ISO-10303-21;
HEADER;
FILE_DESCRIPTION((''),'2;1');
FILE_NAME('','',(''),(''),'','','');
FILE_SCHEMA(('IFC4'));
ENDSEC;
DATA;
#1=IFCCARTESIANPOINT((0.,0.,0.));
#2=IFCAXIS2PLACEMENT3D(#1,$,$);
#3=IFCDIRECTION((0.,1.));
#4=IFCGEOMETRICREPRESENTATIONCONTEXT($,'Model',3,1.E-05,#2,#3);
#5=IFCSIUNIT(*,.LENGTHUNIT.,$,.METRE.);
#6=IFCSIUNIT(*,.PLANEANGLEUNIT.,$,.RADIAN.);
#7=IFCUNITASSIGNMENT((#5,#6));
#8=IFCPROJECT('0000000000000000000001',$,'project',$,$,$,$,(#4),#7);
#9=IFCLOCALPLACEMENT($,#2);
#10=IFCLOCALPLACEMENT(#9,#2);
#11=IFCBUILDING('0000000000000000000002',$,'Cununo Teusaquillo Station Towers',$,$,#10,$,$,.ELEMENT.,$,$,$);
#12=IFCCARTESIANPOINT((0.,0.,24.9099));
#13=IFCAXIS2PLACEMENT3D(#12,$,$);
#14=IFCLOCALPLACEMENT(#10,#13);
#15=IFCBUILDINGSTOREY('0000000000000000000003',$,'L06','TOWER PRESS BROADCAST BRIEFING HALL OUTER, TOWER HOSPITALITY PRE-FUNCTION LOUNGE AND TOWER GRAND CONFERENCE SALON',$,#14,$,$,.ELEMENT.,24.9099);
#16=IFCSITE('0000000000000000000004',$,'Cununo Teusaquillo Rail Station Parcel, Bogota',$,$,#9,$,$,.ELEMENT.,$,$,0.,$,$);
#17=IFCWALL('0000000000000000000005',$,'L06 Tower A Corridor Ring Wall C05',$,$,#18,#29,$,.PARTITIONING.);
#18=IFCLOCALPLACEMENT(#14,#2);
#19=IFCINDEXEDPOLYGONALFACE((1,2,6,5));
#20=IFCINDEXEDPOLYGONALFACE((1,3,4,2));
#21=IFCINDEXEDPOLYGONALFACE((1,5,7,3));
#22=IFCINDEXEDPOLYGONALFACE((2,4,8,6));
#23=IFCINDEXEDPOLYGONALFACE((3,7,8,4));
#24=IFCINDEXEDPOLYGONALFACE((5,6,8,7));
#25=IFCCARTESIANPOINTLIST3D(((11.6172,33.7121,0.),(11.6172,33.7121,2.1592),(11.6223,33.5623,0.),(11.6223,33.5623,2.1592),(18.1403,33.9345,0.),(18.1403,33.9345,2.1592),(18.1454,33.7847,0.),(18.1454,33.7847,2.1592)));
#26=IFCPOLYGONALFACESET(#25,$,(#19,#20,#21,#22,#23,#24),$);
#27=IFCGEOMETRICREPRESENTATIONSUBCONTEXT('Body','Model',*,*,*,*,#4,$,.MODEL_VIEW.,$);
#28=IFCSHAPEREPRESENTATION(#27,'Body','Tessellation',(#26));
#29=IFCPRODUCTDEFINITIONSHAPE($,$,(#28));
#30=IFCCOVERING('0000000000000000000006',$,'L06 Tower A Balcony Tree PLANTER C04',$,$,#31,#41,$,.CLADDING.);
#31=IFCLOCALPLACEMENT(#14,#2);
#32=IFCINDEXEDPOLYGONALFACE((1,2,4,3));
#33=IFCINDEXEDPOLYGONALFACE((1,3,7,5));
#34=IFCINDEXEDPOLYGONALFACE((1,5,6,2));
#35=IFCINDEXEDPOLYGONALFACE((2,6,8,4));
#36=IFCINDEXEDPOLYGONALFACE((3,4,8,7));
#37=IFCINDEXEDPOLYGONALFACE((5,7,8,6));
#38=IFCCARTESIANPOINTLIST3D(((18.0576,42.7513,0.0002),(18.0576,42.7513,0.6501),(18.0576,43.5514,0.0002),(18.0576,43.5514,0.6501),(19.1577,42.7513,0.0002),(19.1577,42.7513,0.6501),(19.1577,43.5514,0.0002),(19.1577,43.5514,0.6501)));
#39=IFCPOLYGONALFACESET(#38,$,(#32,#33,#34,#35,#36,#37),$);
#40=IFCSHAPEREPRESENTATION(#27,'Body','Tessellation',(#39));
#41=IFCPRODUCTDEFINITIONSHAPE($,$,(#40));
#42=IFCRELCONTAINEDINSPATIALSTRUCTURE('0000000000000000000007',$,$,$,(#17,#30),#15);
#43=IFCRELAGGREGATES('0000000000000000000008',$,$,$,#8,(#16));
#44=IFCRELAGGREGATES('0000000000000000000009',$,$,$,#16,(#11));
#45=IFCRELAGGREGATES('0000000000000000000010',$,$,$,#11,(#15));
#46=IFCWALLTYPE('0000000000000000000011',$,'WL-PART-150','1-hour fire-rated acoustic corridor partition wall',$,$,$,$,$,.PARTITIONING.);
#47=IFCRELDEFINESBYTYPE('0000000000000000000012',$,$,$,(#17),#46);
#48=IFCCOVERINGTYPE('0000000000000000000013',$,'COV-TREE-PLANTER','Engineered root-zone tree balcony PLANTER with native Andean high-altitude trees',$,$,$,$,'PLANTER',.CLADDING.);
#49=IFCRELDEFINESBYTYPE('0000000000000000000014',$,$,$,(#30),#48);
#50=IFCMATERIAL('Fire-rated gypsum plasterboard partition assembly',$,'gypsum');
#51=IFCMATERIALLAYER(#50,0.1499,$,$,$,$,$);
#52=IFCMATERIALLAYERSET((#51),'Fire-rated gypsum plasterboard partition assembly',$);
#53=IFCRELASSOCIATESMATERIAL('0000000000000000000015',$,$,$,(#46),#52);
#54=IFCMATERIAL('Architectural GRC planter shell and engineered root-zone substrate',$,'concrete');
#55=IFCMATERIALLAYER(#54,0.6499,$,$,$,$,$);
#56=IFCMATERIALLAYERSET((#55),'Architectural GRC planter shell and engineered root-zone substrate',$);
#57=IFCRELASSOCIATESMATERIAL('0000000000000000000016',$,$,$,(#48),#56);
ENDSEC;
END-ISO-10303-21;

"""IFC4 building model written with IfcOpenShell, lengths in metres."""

from ifc_helpers import new_model, si_unit, direction, frame, frame_2d, origin, origin_2d, place, context, subcontext, project, spatial, rectangle, extrude, source, transform, mapped, material, layer, layer_set, type_object, element, save


model = new_model("IFC4")

# Units and contexts
model_context = context("Model", 3, precision=1e-05, world=origin(), true_north=direction((0.0, 1.0)))
body_context = subcontext(model_context, "Body", "Model", "MODEL_VIEW")
ifc_project = project(units=[si_unit("LENGTHUNIT", "METRE"), si_unit("PLANEANGLEUNIT", "RADIAN")], contexts=[model_context])

# Site, building, storey
site_placement = place(None, origin())
site = spatial("IfcSite", under=ifc_project, at=site_placement, Name="Cununo Teusaquillo Rail Station Parcel, Bogota", CompositionType="ELEMENT", RefElevation=0.0)
building_placement = place(site_placement, origin())
building = spatial("IfcBuilding", under=site, at=building_placement, Name="Cununo Teusaquillo Station Towers", CompositionType="ELEMENT")
storey_placement = place(building_placement, frame((0.0, 0.0, 24.9099)))
storey = spatial("IfcBuildingStorey", under=building, at=storey_placement, Name="L06", Description="TOWER PRESS BROADCAST BRIEFING HALL OUTER, TOWER HOSPITALITY PRE-FUNCTION LOUNGE AND TOWER GRAND CONFERENCE SALON", CompositionType="ELEMENT", Elevation=24.9099)

# Wall
ifc_material_1 = material(Name="Fire-rated gypsum plasterboard partition assembly", Category="gypsum")
ifc_layer_1 = layer(ifc_material_1, 0.1499)
ifc_layer_set_1 = layer_set([ifc_layer_1], Name="Fire-rated gypsum plasterboard partition assembly")
wall_type_1 = type_object("IfcWallType", Name="WL-PART-150", Description="1-hour fire-rated acoustic corridor partition wall", PredefinedType="PARTITIONING", material=ifc_layer_set_1)
wall_1_placement = place(storey_placement, frame((18.1428, 33.8596, 0.0), z_axis=(0.0, 0.0, 1.0), x_axis=(-0.999419, -0.034077, 0.0)))
element("IfcWall", 1, at=wall_1_placement, inside=storey, type_object=wall_type_1, Name="L06 Tower A Corridor Ring Wall C05", PredefinedType="PARTITIONING", context=body_context, shape_type="SweptSolid", body=[
    extrude(rectangle(XDim=6.5269, YDim=0.1499, at=frame_2d((3.2634, 0.0))), origin(), (0.0, 0.0, 1.0), 2.1592),
])

# Covering
ifc_material_2 = material(Name="Architectural GRC planter shell and engineered root-zone substrate", Category="concrete")
ifc_layer_2 = layer(ifc_material_2, 0.6499)
ifc_layer_set_2 = layer_set([ifc_layer_2], Name="Architectural GRC planter shell and engineered root-zone substrate")
covering_type = type_object("IfcCoveringType", Name="COV-TREE-PLANTER", Description="Engineered root-zone tree balcony PLANTER with native Andean high-altitude trees", ElementType="PLANTER", PredefinedType="CLADDING", material=ifc_layer_set_2)
shared_shape_1 = source(origin(), body_context, "Body", "SweptSolid", [
    extrude(rectangle(XDim=1.1001, YDim=0.8, at=origin_2d()), origin(), (0.0, 0.0, 1.0), 0.6499),
])
covering_placement = place(storey_placement, frame((18.6077, 43.1514, 0.0002), z_axis=(0.0, 0.0, 1.0), x_axis=(1.0, 0.0, 0.0)))
element("IfcCovering", 2, at=covering_placement, inside=storey, type_object=covering_type, Name="L06 Tower A Balcony Tree PLANTER C04", PredefinedType="CLADDING", context=body_context, shape_type="MappedRepresentation", body=[
    mapped(shared_shape_1, transform((0.0, 0.0, 0.0), x_axis=(1.0, 0.0, 0.0), y_axis=(0.0, 1.0, 0.0), z_axis=(0.0, 0.0, 1.0), scale=1.0)),
])

save(model, "model.ifc")
